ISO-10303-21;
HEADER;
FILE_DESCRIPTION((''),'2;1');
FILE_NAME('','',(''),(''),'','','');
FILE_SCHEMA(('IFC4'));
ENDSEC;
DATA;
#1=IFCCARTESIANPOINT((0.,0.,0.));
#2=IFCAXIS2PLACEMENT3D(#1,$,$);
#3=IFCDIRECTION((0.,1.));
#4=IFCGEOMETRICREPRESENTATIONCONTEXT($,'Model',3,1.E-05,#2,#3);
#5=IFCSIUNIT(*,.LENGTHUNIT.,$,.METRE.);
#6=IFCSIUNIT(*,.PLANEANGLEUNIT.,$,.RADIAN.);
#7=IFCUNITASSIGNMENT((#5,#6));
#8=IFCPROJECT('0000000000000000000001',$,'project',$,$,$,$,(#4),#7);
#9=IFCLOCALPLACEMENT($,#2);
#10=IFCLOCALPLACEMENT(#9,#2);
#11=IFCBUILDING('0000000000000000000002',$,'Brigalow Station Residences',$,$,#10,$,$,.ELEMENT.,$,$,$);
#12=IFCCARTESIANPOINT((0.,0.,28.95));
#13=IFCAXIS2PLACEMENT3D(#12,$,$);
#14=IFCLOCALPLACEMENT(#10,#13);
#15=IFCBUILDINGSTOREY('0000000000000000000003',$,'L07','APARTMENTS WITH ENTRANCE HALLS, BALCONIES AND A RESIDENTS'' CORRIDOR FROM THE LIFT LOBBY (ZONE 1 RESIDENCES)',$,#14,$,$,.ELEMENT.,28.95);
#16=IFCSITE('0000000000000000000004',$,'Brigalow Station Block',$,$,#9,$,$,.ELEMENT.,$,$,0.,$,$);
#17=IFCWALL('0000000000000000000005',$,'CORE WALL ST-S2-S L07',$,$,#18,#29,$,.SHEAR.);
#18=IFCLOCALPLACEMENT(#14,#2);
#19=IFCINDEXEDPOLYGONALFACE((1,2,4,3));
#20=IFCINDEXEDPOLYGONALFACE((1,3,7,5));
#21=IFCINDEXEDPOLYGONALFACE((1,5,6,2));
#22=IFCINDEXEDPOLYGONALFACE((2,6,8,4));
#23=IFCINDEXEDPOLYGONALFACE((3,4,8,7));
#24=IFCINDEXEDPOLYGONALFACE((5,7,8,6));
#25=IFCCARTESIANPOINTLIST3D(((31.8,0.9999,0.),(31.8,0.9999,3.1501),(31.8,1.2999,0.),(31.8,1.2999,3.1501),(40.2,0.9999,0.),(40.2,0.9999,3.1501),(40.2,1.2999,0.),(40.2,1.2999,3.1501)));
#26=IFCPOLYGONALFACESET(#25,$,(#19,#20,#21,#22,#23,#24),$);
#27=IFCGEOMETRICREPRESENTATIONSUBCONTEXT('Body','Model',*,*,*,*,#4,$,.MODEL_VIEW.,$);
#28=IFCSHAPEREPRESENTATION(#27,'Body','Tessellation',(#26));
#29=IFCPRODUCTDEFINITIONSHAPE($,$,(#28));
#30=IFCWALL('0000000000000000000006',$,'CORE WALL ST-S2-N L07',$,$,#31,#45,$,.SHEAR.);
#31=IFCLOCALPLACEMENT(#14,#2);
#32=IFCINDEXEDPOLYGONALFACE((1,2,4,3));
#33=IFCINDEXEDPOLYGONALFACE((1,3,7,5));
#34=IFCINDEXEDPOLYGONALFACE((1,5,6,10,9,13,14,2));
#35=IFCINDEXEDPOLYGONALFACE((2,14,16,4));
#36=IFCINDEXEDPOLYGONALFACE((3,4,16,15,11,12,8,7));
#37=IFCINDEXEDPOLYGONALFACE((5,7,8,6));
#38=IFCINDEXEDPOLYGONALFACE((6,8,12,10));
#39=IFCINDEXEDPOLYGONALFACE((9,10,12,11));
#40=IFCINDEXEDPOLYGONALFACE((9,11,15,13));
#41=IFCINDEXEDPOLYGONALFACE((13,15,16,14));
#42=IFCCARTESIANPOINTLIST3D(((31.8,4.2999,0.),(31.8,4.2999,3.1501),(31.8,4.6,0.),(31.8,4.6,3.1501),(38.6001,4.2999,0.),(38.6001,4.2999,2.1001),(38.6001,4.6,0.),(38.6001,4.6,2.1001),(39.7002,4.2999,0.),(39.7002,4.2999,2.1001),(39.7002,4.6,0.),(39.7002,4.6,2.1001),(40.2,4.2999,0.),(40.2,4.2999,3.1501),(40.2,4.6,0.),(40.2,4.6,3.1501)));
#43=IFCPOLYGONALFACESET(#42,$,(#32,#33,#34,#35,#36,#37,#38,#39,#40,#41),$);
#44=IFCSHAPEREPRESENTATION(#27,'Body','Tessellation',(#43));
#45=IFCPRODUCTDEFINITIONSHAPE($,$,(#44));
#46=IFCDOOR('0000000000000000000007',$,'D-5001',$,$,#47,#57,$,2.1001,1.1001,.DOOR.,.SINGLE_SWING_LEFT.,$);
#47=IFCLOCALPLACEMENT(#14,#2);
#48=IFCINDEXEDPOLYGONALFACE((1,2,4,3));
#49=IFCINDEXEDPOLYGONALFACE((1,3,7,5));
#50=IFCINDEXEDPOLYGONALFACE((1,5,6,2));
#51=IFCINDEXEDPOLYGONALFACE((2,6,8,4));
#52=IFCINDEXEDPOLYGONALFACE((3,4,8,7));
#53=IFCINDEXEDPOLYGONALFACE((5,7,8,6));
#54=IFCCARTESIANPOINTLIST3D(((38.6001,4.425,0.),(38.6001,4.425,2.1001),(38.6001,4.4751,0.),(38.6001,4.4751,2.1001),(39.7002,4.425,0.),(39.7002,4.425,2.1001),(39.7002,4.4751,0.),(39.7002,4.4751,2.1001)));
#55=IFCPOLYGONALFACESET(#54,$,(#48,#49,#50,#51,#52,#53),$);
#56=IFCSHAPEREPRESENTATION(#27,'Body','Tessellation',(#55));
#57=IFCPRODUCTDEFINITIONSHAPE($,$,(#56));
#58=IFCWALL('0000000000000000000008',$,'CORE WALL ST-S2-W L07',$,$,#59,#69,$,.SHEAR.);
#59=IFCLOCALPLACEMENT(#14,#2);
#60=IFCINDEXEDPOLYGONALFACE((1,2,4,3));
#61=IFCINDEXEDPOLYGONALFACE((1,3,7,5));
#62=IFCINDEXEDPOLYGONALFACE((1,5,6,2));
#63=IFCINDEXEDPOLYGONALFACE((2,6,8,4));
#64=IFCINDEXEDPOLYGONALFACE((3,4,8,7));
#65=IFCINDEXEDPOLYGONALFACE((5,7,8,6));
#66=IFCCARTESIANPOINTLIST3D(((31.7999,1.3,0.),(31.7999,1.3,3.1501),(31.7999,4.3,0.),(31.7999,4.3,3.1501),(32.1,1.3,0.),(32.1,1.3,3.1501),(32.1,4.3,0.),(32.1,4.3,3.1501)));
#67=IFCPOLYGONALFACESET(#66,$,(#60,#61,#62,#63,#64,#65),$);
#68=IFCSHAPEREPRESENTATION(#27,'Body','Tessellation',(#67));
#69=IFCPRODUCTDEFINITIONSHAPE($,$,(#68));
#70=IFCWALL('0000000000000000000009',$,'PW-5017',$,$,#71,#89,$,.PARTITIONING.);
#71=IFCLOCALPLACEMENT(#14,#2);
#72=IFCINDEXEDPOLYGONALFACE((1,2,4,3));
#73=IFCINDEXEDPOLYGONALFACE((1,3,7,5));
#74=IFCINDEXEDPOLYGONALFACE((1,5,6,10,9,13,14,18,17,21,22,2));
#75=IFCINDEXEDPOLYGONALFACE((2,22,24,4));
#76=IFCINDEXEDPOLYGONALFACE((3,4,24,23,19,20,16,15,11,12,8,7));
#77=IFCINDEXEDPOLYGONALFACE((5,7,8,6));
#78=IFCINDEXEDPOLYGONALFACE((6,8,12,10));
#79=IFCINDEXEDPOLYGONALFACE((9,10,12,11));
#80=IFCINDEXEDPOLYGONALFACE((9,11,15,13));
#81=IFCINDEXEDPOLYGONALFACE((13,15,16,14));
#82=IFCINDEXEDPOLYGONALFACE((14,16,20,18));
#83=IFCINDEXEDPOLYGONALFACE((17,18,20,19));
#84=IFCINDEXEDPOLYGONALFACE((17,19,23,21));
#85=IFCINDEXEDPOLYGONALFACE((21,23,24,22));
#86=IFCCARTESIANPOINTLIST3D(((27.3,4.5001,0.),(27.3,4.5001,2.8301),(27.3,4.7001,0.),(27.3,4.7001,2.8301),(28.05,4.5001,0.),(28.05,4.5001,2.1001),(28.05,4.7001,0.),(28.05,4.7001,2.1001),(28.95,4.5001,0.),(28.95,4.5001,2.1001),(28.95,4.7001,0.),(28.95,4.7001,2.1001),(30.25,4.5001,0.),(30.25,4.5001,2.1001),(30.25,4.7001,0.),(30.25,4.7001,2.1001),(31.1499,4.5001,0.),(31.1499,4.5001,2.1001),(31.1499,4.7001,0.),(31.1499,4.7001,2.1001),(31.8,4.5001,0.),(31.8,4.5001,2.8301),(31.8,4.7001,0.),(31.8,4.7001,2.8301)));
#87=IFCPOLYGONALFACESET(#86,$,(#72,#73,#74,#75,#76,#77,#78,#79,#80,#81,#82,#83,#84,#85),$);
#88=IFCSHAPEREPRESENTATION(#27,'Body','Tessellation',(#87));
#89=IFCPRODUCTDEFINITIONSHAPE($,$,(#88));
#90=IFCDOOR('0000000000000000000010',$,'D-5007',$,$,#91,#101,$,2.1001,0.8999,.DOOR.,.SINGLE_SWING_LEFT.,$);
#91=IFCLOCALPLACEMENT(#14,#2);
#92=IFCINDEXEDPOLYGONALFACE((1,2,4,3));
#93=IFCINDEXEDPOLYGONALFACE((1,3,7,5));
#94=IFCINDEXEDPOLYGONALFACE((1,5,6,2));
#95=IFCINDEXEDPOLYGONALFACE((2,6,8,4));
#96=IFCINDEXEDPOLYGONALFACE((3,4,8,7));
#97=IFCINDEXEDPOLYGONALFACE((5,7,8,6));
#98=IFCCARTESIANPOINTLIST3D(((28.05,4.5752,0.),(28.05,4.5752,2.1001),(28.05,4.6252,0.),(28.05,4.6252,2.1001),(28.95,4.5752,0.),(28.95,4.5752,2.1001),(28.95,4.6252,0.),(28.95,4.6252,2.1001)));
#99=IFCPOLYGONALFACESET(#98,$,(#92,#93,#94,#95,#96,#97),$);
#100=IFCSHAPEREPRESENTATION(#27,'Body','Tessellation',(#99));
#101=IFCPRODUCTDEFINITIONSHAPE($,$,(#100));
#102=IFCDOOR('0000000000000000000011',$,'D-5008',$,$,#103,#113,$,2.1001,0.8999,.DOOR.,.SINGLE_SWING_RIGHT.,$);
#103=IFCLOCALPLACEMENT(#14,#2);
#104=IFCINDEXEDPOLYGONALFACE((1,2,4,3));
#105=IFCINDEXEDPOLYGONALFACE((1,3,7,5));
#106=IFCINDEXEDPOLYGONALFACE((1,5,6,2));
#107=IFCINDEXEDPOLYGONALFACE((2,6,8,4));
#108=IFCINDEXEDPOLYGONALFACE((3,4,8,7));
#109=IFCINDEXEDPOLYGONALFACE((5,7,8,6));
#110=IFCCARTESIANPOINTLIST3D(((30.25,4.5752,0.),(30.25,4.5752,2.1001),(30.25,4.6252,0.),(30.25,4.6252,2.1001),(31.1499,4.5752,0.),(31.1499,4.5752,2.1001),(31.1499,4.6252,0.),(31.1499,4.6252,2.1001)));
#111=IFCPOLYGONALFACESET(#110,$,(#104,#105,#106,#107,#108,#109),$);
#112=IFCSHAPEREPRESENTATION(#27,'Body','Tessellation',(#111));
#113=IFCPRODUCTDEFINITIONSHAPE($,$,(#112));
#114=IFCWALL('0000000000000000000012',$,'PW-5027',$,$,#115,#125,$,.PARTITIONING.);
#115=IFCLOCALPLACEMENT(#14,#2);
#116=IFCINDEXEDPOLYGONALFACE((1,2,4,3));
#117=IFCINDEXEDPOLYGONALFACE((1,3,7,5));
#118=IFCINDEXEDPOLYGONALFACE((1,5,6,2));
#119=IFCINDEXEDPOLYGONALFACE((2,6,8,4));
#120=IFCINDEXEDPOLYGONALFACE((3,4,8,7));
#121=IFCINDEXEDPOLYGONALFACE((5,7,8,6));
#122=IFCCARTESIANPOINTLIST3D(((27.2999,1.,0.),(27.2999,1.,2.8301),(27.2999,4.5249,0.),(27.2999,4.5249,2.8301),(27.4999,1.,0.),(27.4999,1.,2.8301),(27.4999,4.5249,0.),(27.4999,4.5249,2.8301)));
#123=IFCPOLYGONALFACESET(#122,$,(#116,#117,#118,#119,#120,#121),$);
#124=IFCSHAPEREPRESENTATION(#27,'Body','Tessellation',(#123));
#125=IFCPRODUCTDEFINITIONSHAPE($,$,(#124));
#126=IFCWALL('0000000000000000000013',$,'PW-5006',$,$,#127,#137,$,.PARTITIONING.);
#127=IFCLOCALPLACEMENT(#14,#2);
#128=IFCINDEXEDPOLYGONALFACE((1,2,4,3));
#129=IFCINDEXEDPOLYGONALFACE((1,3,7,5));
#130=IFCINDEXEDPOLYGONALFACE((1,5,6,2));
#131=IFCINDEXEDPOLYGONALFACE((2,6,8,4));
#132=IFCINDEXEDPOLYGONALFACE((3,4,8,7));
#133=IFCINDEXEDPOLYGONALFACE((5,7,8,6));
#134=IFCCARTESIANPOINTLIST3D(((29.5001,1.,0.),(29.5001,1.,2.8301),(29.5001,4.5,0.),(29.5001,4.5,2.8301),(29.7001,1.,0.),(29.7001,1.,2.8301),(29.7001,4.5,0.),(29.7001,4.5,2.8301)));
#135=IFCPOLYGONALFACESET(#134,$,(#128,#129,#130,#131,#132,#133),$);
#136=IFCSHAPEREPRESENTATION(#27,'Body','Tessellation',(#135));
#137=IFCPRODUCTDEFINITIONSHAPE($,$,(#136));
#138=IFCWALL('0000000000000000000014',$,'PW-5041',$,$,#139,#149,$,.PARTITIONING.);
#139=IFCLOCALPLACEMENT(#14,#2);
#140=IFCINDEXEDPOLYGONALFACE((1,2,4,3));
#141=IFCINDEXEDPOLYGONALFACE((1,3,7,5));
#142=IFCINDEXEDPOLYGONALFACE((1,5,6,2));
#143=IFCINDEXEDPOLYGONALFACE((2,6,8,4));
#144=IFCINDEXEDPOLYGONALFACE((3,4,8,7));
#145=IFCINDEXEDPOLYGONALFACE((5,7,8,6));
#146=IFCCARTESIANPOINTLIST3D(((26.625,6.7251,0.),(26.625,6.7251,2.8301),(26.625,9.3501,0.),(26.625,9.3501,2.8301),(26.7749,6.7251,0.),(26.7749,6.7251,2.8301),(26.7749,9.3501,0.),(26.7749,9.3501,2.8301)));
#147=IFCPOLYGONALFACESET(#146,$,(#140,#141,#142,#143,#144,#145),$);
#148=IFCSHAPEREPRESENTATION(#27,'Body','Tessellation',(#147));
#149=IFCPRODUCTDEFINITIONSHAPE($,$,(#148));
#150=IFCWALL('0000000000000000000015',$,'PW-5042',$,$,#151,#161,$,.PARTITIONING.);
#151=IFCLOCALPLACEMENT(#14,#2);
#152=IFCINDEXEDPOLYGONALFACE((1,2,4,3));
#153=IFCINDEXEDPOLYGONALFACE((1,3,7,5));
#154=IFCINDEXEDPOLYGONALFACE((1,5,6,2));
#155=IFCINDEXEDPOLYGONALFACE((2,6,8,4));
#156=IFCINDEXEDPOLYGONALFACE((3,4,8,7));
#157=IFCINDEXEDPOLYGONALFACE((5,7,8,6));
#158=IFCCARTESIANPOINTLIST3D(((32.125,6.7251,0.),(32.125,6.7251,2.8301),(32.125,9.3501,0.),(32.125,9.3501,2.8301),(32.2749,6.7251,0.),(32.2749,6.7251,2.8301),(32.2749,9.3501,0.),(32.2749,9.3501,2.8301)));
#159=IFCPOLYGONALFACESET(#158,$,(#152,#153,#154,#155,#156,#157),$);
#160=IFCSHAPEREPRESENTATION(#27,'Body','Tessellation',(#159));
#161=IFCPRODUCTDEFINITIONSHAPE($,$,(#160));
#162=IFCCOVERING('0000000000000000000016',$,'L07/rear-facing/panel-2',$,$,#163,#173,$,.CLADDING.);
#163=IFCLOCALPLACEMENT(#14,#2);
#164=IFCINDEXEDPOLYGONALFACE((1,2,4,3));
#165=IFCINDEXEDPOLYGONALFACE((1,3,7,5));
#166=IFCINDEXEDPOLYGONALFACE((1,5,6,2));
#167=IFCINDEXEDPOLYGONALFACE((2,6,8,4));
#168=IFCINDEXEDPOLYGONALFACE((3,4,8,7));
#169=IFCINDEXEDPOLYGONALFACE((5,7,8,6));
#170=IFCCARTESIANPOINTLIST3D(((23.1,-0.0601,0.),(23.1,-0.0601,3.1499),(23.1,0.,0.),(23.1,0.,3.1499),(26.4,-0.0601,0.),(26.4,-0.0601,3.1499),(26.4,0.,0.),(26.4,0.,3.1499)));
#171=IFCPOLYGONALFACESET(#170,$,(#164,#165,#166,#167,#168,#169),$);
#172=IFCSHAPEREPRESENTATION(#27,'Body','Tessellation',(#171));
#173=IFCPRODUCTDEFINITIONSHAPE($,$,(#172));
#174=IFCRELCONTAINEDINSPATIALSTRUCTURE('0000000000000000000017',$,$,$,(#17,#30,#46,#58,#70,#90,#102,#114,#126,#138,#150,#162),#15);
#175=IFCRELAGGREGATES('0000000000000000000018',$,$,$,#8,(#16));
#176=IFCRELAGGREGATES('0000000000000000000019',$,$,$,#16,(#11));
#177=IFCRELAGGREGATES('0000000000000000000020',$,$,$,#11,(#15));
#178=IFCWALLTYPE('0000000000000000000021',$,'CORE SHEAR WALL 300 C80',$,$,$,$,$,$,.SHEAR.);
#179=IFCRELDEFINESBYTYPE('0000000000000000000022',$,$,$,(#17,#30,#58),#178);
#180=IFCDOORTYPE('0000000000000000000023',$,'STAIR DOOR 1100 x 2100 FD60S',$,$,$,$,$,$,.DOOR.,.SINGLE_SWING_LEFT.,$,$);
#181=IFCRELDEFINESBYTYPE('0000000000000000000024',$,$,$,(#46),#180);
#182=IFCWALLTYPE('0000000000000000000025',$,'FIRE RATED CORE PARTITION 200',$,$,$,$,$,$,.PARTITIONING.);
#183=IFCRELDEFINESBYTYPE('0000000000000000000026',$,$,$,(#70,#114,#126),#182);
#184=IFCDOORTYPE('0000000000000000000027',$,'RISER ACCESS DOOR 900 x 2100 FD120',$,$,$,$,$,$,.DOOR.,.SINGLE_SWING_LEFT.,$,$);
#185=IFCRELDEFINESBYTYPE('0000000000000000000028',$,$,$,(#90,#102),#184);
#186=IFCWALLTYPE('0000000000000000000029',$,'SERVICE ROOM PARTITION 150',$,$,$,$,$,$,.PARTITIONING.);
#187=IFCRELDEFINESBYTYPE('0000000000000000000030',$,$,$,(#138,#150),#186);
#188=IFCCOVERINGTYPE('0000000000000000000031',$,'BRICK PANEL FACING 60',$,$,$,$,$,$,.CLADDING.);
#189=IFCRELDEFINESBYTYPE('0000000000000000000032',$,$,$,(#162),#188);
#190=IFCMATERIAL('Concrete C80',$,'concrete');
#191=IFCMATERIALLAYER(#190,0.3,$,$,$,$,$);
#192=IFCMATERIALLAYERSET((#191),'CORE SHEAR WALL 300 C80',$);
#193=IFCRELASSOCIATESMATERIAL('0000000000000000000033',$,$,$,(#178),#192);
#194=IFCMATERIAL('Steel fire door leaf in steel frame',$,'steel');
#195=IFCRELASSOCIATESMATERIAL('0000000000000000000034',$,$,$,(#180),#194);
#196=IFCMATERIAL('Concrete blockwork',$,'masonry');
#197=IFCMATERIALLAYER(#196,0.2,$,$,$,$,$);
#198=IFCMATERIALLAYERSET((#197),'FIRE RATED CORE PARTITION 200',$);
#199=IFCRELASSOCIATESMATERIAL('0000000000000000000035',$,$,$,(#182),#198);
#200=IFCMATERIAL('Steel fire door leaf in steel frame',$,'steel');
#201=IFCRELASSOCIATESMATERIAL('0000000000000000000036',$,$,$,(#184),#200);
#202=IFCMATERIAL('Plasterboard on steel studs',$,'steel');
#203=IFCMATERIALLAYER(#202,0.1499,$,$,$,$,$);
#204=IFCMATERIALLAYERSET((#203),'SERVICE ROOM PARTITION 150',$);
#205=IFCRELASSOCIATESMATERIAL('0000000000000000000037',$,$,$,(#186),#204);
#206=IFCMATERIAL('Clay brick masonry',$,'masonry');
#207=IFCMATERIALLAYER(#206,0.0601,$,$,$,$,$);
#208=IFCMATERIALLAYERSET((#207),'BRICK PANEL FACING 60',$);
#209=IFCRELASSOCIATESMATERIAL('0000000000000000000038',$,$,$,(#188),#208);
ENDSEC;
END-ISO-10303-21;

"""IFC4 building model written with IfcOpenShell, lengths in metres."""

from ifc_helpers import new_model, si_unit, direction, frame, frame_2d, origin, origin_2d, place, context, subcontext, project, spatial, rectangle, extrude, material, layer, layer_set, type_object, element, fill, save


model = new_model("IFC4")

# Units and contexts
model_context = context("Model", 3, precision=1e-05, world=origin(), true_north=direction((0.0, 1.0)))
body_context = subcontext(model_context, "Body", "Model", "MODEL_VIEW")
ifc_project = project(units=[si_unit("LENGTHUNIT", "METRE"), si_unit("PLANEANGLEUNIT", "RADIAN")], contexts=[model_context])

# Site, building, storey
site_placement = place(None, origin())
site = spatial("IfcSite", under=ifc_project, at=site_placement, Name="Brigalow Station Block", CompositionType="ELEMENT", RefElevation=0.0)
building_placement = place(site_placement, origin())
building = spatial("IfcBuilding", under=site, at=building_placement, Name="Brigalow Station Residences", CompositionType="ELEMENT")
storey_placement = place(building_placement, frame((0.0, 0.0, 28.95)))
storey = spatial("IfcBuildingStorey", under=building, at=storey_placement, Name="L07", Description="APARTMENTS WITH ENTRANCE HALLS, BALCONIES AND A RESIDENTS' CORRIDOR FROM THE LIFT LOBBY (ZONE 1 RESIDENCES)", CompositionType="ELEMENT", Elevation=28.95)

# Wall
ifc_material_1 = material(Name="Concrete C80", Category="concrete")
ifc_layer_1 = layer(ifc_material_1, 0.3)
ifc_layer_set_1 = layer_set([ifc_layer_1], Name="CORE SHEAR WALL 300 C80")
wall_type_1 = type_object("IfcWallType", Name="CORE SHEAR WALL 300 C80", PredefinedType="SHEAR", material=ifc_layer_set_1)
wall_1_placement = place(storey_placement, frame((31.8, 1.1499, 0.0), z_axis=(0.0, 0.0, 1.0), x_axis=(1.0, 0.0, 0.0)))
element("IfcWall", 1, at=wall_1_placement, inside=storey, type_object=wall_type_1, Name="CORE WALL ST-S2-S L07", PredefinedType="SHEAR", context=body_context, shape_type="SweptSolid", body=[
    extrude(rectangle(XDim=8.3999, YDim=0.3, at=frame_2d((4.2, 0.0))), origin(), (0.0, 0.0, 1.0), 3.1501),
])

# Wall, opening, door
wall_2_placement = place(storey_placement, frame((31.8, 4.45, 0.0), z_axis=(0.0, 0.0, 1.0), x_axis=(1.0, 0.0, 0.0)))
wall_2 = element("IfcWall", 2, at=wall_2_placement, inside=storey, type_object=wall_type_1, Name="CORE WALL ST-S2-N L07", PredefinedType="SHEAR", context=body_context, shape_type="SweptSolid", body=[
    extrude(rectangle(XDim=8.3999, YDim=0.3, at=frame_2d((4.2, 0.0))), origin(), (0.0, 0.0, 1.0), 3.1501),
])
opening_1_placement = place(wall_2_placement, frame((6.8, 0.0, 0.0)))
opening_1 = element("IfcOpeningElement", 3, at=opening_1_placement, cuts=wall_2, PredefinedType="OPENING", context=body_context, shape_type="SweptSolid", body=[
    extrude(rectangle(XDim=1.1001, YDim=2.1001, at=frame_2d((0.55, 1.05))), frame((0.0, 0.1602, 0.0), z_axis=(0.0, -1.0, 0.0), x_axis=(1.0, 0.0, 0.0)), (0.0, 0.0, 1.0), 0.3201),
])
ifc_material_2 = material(Name="Steel fire door leaf in steel frame", Category="steel")
door_type_1 = type_object("IfcDoorType", Name="STAIR DOOR 1100 x 2100 FD60S", OperationType="SINGLE_SWING_LEFT", PredefinedType="DOOR", material=ifc_material_2)
door_1_placement = place(opening_1_placement, frame((1.1001, 0.0, 0.0), z_axis=(0.0, 0.0, 1.0), x_axis=(-1.0, 0.0, 0.0)))
door_1 = element("IfcDoor", 4, at=door_1_placement, inside=storey, type_object=door_type_1, Name="D-5001", OperationType="SINGLE_SWING_LEFT", OverallHeight=2.1001, OverallWidth=1.1001, PredefinedType="DOOR", context=body_context, shape_type="SweptSolid", body=[
    extrude(rectangle(XDim=1.1001, YDim=2.1001, at=frame_2d((0.55, 1.05))), frame((0.0, 0.0249, 0.0), z_axis=(0.0, -1.0, 0.0), x_axis=(1.0, 0.0, 0.0)), (0.0, 0.0, 1.0), 0.05),
])
fill(opening_1, door_1)

# Wall
wall_3_placement = place(storey_placement, frame((31.95, 1.3, 0.0), z_axis=(0.0, 0.0, 1.0), x_axis=(0.0, 1.0, 0.0)))
element("IfcWall", 5, at=wall_3_placement, inside=storey, type_object=wall_type_1, Name="CORE WALL ST-S2-W L07", PredefinedType="SHEAR", context=body_context, shape_type="SweptSolid", body=[
    extrude(rectangle(XDim=3.0, YDim=0.3, at=frame_2d((1.5, 0.0))), origin(), (0.0, 0.0, 1.0), 3.1501),
])

# Wall, openings, doors
ifc_material_3 = material(Name="Concrete blockwork", Category="masonry")
ifc_layer_2 = layer(ifc_material_3, 0.2)
ifc_layer_set_2 = layer_set([ifc_layer_2], Name="FIRE RATED CORE PARTITION 200")
wall_type_2 = type_object("IfcWallType", Name="FIRE RATED CORE PARTITION 200", PredefinedType="PARTITIONING", material=ifc_layer_set_2)
wall_4_placement = place(storey_placement, frame((27.3, 4.6001, 0.0), z_axis=(0.0, 0.0, 1.0), x_axis=(1.0, 0.0, 0.0)))
wall_4 = element("IfcWall", 6, at=wall_4_placement, inside=storey, type_object=wall_type_2, Name="PW-5017", PredefinedType="PARTITIONING", context=body_context, shape_type="SweptSolid", body=[
    extrude(rectangle(XDim=4.5, YDim=0.2, at=frame_2d((2.25, 0.0))), origin(), (0.0, 0.0, 1.0), 2.8301),
])
opening_2_placement = place(wall_4_placement, frame((0.75, 0.0, 0.0)))
opening_2 = element("IfcOpeningElement", 7, at=opening_2_placement, cuts=wall_4, PredefinedType="OPENING", context=body_context, shape_type="SweptSolid", body=[
    extrude(rectangle(XDim=0.8999, YDim=2.1001, at=frame_2d((0.45, 1.05))), frame((0.0, 0.1099, 0.0), z_axis=(0.0, -1.0, 0.0), x_axis=(1.0, 0.0, 0.0)), (0.0, 0.0, 1.0), 0.22),
])
opening_3_placement = place(wall_4_placement, frame((2.95, 0.0, 0.0)))
opening_3 = element("IfcOpeningElement", 8, at=opening_3_placement, cuts=wall_4, PredefinedType="OPENING", context=body_context, shape_type="SweptSolid", body=[
    extrude(rectangle(XDim=0.8999, YDim=2.1001, at=frame_2d((0.45, 1.05))), frame((0.0, 0.1099, 0.0), z_axis=(0.0, -1.0, 0.0), x_axis=(1.0, 0.0, 0.0)), (0.0, 0.0, 1.0), 0.22),
])
ifc_material_4 = material(Name="Steel fire door leaf in steel frame", Category="steel")
door_type_2 = type_object("IfcDoorType", Name="RISER ACCESS DOOR 900 x 2100 FD120", OperationType="SINGLE_SWING_LEFT", PredefinedType="DOOR", material=ifc_material_4)
door_2_placement = place(opening_2_placement, frame((0.8999, 0.0, 0.0), z_axis=(0.0, 0.0, 1.0), x_axis=(-1.0, 0.0, 0.0)))
door_2 = element("IfcDoor", 9, at=door_2_placement, inside=storey, type_object=door_type_2, Name="D-5007", OperationType="SINGLE_SWING_LEFT", OverallHeight=2.1001, OverallWidth=0.8999, PredefinedType="DOOR", context=body_context, shape_type="SweptSolid", body=[
    extrude(rectangle(XDim=0.8999, YDim=2.1001, at=frame_2d((0.45, 1.05))), frame((0.0, 0.0249, 0.0), z_axis=(0.0, -1.0, 0.0), x_axis=(1.0, 0.0, 0.0)), (0.0, 0.0, 1.0), 0.05),
])
fill(opening_2, door_2)
door_3_placement = place(opening_3_placement, frame((0.8999, 0.0, 0.0), z_axis=(0.0, 0.0, 1.0), x_axis=(-1.0, 0.0, 0.0)))
door_3 = element("IfcDoor", 10, at=door_3_placement, inside=storey, type_object=door_type_2, Name="D-5008", OperationType="SINGLE_SWING_RIGHT", OverallHeight=2.1001, OverallWidth=0.8999, PredefinedType="DOOR", context=body_context, shape_type="SweptSolid", body=[
    extrude(rectangle(XDim=0.8999, YDim=2.1001, at=frame_2d((0.45, 1.05))), frame((0.0, 0.0249, 0.0), z_axis=(0.0, -1.0, 0.0), x_axis=(1.0, 0.0, 0.0)), (0.0, 0.0, 1.0), 0.05),
])
fill(opening_3, door_3)

# Walls
wall_5_placement = place(storey_placement, frame((27.3999, 1.0, 0.0), z_axis=(0.0, 0.0, 1.0), x_axis=(0.0, 1.0, 0.0)))
element("IfcWall", 11, at=wall_5_placement, inside=storey, type_object=wall_type_2, Name="PW-5027", PredefinedType="PARTITIONING", context=body_context, shape_type="SweptSolid", body=[
    extrude(rectangle(XDim=3.5249, YDim=0.2, at=frame_2d((1.7625, 0.0))), origin(), (0.0, 0.0, 1.0), 2.8301),
])
wall_6_placement = place(storey_placement, frame((29.6001, 1.0, 0.0), z_axis=(0.0, 0.0, 1.0), x_axis=(0.0, 1.0, 0.0)))
element("IfcWall", 12, at=wall_6_placement, inside=storey, type_object=wall_type_2, Name="PW-5006", PredefinedType="PARTITIONING", context=body_context, shape_type="SweptSolid", body=[
    extrude(rectangle(XDim=3.5, YDim=0.2, at=frame_2d((1.75, 0.0))), origin(), (0.0, 0.0, 1.0), 2.8301),
])
ifc_material_5 = material(Name="Plasterboard on steel studs", Category="steel")
ifc_layer_3 = layer(ifc_material_5, 0.1499)
ifc_layer_set_3 = layer_set([ifc_layer_3], Name="SERVICE ROOM PARTITION 150")
wall_type_3 = type_object("IfcWallType", Name="SERVICE ROOM PARTITION 150", PredefinedType="PARTITIONING", material=ifc_layer_set_3)
for number, where, z_axis, x_axis, name in (
    (13, (26.7, 6.7251, 0.0), (0.0, 0.0, 1.0), (0.0, 1.0, 0.0), "PW-5041"),
    (14, (32.2, 6.7251, 0.0), (0.0, 0.0, 1.0), (0.0, 1.0, 0.0), "PW-5042"),
):
    element("IfcWall", number, at=place(storey_placement, frame(where, z_axis=z_axis, x_axis=x_axis)), inside=storey, type_object=wall_type_3, Name=name, PredefinedType="PARTITIONING", context=body_context, shape_type="SweptSolid", body=[
        extrude(rectangle(XDim=2.625, YDim=0.1499, at=frame_2d((1.3125, 0.0))), origin(), (0.0, 0.0, 1.0), 2.8301),
    ])

# Covering
ifc_material_6 = material(Name="Clay brick masonry", Category="masonry")
ifc_layer_4 = layer(ifc_material_6, 0.0601)
ifc_layer_set_4 = layer_set([ifc_layer_4], Name="BRICK PANEL FACING 60")
covering_type_1 = type_object("IfcCoveringType", Name="BRICK PANEL FACING 60", PredefinedType="CLADDING", material=ifc_layer_set_4)
for number, where, z_axis, x_axis, name in (
    (15, (24.75, -0.03, 0.0), (0.0, 0.0, 1.0), (1.0, 0.0, 0.0), "L07/rear-facing/panel-2"),
):
    element("IfcCovering", number, at=place(storey_placement, frame(where, z_axis=z_axis, x_axis=x_axis)), inside=storey, type_object=covering_type_1, Name=name, PredefinedType="CLADDING", context=body_context, shape_type="SweptSolid", body=[
        extrude(rectangle(XDim=3.3, YDim=0.0601, at=origin_2d()), origin(), (0.0, 0.0, 1.0), 3.1499),
    ])

save(model, "model.ifc")
